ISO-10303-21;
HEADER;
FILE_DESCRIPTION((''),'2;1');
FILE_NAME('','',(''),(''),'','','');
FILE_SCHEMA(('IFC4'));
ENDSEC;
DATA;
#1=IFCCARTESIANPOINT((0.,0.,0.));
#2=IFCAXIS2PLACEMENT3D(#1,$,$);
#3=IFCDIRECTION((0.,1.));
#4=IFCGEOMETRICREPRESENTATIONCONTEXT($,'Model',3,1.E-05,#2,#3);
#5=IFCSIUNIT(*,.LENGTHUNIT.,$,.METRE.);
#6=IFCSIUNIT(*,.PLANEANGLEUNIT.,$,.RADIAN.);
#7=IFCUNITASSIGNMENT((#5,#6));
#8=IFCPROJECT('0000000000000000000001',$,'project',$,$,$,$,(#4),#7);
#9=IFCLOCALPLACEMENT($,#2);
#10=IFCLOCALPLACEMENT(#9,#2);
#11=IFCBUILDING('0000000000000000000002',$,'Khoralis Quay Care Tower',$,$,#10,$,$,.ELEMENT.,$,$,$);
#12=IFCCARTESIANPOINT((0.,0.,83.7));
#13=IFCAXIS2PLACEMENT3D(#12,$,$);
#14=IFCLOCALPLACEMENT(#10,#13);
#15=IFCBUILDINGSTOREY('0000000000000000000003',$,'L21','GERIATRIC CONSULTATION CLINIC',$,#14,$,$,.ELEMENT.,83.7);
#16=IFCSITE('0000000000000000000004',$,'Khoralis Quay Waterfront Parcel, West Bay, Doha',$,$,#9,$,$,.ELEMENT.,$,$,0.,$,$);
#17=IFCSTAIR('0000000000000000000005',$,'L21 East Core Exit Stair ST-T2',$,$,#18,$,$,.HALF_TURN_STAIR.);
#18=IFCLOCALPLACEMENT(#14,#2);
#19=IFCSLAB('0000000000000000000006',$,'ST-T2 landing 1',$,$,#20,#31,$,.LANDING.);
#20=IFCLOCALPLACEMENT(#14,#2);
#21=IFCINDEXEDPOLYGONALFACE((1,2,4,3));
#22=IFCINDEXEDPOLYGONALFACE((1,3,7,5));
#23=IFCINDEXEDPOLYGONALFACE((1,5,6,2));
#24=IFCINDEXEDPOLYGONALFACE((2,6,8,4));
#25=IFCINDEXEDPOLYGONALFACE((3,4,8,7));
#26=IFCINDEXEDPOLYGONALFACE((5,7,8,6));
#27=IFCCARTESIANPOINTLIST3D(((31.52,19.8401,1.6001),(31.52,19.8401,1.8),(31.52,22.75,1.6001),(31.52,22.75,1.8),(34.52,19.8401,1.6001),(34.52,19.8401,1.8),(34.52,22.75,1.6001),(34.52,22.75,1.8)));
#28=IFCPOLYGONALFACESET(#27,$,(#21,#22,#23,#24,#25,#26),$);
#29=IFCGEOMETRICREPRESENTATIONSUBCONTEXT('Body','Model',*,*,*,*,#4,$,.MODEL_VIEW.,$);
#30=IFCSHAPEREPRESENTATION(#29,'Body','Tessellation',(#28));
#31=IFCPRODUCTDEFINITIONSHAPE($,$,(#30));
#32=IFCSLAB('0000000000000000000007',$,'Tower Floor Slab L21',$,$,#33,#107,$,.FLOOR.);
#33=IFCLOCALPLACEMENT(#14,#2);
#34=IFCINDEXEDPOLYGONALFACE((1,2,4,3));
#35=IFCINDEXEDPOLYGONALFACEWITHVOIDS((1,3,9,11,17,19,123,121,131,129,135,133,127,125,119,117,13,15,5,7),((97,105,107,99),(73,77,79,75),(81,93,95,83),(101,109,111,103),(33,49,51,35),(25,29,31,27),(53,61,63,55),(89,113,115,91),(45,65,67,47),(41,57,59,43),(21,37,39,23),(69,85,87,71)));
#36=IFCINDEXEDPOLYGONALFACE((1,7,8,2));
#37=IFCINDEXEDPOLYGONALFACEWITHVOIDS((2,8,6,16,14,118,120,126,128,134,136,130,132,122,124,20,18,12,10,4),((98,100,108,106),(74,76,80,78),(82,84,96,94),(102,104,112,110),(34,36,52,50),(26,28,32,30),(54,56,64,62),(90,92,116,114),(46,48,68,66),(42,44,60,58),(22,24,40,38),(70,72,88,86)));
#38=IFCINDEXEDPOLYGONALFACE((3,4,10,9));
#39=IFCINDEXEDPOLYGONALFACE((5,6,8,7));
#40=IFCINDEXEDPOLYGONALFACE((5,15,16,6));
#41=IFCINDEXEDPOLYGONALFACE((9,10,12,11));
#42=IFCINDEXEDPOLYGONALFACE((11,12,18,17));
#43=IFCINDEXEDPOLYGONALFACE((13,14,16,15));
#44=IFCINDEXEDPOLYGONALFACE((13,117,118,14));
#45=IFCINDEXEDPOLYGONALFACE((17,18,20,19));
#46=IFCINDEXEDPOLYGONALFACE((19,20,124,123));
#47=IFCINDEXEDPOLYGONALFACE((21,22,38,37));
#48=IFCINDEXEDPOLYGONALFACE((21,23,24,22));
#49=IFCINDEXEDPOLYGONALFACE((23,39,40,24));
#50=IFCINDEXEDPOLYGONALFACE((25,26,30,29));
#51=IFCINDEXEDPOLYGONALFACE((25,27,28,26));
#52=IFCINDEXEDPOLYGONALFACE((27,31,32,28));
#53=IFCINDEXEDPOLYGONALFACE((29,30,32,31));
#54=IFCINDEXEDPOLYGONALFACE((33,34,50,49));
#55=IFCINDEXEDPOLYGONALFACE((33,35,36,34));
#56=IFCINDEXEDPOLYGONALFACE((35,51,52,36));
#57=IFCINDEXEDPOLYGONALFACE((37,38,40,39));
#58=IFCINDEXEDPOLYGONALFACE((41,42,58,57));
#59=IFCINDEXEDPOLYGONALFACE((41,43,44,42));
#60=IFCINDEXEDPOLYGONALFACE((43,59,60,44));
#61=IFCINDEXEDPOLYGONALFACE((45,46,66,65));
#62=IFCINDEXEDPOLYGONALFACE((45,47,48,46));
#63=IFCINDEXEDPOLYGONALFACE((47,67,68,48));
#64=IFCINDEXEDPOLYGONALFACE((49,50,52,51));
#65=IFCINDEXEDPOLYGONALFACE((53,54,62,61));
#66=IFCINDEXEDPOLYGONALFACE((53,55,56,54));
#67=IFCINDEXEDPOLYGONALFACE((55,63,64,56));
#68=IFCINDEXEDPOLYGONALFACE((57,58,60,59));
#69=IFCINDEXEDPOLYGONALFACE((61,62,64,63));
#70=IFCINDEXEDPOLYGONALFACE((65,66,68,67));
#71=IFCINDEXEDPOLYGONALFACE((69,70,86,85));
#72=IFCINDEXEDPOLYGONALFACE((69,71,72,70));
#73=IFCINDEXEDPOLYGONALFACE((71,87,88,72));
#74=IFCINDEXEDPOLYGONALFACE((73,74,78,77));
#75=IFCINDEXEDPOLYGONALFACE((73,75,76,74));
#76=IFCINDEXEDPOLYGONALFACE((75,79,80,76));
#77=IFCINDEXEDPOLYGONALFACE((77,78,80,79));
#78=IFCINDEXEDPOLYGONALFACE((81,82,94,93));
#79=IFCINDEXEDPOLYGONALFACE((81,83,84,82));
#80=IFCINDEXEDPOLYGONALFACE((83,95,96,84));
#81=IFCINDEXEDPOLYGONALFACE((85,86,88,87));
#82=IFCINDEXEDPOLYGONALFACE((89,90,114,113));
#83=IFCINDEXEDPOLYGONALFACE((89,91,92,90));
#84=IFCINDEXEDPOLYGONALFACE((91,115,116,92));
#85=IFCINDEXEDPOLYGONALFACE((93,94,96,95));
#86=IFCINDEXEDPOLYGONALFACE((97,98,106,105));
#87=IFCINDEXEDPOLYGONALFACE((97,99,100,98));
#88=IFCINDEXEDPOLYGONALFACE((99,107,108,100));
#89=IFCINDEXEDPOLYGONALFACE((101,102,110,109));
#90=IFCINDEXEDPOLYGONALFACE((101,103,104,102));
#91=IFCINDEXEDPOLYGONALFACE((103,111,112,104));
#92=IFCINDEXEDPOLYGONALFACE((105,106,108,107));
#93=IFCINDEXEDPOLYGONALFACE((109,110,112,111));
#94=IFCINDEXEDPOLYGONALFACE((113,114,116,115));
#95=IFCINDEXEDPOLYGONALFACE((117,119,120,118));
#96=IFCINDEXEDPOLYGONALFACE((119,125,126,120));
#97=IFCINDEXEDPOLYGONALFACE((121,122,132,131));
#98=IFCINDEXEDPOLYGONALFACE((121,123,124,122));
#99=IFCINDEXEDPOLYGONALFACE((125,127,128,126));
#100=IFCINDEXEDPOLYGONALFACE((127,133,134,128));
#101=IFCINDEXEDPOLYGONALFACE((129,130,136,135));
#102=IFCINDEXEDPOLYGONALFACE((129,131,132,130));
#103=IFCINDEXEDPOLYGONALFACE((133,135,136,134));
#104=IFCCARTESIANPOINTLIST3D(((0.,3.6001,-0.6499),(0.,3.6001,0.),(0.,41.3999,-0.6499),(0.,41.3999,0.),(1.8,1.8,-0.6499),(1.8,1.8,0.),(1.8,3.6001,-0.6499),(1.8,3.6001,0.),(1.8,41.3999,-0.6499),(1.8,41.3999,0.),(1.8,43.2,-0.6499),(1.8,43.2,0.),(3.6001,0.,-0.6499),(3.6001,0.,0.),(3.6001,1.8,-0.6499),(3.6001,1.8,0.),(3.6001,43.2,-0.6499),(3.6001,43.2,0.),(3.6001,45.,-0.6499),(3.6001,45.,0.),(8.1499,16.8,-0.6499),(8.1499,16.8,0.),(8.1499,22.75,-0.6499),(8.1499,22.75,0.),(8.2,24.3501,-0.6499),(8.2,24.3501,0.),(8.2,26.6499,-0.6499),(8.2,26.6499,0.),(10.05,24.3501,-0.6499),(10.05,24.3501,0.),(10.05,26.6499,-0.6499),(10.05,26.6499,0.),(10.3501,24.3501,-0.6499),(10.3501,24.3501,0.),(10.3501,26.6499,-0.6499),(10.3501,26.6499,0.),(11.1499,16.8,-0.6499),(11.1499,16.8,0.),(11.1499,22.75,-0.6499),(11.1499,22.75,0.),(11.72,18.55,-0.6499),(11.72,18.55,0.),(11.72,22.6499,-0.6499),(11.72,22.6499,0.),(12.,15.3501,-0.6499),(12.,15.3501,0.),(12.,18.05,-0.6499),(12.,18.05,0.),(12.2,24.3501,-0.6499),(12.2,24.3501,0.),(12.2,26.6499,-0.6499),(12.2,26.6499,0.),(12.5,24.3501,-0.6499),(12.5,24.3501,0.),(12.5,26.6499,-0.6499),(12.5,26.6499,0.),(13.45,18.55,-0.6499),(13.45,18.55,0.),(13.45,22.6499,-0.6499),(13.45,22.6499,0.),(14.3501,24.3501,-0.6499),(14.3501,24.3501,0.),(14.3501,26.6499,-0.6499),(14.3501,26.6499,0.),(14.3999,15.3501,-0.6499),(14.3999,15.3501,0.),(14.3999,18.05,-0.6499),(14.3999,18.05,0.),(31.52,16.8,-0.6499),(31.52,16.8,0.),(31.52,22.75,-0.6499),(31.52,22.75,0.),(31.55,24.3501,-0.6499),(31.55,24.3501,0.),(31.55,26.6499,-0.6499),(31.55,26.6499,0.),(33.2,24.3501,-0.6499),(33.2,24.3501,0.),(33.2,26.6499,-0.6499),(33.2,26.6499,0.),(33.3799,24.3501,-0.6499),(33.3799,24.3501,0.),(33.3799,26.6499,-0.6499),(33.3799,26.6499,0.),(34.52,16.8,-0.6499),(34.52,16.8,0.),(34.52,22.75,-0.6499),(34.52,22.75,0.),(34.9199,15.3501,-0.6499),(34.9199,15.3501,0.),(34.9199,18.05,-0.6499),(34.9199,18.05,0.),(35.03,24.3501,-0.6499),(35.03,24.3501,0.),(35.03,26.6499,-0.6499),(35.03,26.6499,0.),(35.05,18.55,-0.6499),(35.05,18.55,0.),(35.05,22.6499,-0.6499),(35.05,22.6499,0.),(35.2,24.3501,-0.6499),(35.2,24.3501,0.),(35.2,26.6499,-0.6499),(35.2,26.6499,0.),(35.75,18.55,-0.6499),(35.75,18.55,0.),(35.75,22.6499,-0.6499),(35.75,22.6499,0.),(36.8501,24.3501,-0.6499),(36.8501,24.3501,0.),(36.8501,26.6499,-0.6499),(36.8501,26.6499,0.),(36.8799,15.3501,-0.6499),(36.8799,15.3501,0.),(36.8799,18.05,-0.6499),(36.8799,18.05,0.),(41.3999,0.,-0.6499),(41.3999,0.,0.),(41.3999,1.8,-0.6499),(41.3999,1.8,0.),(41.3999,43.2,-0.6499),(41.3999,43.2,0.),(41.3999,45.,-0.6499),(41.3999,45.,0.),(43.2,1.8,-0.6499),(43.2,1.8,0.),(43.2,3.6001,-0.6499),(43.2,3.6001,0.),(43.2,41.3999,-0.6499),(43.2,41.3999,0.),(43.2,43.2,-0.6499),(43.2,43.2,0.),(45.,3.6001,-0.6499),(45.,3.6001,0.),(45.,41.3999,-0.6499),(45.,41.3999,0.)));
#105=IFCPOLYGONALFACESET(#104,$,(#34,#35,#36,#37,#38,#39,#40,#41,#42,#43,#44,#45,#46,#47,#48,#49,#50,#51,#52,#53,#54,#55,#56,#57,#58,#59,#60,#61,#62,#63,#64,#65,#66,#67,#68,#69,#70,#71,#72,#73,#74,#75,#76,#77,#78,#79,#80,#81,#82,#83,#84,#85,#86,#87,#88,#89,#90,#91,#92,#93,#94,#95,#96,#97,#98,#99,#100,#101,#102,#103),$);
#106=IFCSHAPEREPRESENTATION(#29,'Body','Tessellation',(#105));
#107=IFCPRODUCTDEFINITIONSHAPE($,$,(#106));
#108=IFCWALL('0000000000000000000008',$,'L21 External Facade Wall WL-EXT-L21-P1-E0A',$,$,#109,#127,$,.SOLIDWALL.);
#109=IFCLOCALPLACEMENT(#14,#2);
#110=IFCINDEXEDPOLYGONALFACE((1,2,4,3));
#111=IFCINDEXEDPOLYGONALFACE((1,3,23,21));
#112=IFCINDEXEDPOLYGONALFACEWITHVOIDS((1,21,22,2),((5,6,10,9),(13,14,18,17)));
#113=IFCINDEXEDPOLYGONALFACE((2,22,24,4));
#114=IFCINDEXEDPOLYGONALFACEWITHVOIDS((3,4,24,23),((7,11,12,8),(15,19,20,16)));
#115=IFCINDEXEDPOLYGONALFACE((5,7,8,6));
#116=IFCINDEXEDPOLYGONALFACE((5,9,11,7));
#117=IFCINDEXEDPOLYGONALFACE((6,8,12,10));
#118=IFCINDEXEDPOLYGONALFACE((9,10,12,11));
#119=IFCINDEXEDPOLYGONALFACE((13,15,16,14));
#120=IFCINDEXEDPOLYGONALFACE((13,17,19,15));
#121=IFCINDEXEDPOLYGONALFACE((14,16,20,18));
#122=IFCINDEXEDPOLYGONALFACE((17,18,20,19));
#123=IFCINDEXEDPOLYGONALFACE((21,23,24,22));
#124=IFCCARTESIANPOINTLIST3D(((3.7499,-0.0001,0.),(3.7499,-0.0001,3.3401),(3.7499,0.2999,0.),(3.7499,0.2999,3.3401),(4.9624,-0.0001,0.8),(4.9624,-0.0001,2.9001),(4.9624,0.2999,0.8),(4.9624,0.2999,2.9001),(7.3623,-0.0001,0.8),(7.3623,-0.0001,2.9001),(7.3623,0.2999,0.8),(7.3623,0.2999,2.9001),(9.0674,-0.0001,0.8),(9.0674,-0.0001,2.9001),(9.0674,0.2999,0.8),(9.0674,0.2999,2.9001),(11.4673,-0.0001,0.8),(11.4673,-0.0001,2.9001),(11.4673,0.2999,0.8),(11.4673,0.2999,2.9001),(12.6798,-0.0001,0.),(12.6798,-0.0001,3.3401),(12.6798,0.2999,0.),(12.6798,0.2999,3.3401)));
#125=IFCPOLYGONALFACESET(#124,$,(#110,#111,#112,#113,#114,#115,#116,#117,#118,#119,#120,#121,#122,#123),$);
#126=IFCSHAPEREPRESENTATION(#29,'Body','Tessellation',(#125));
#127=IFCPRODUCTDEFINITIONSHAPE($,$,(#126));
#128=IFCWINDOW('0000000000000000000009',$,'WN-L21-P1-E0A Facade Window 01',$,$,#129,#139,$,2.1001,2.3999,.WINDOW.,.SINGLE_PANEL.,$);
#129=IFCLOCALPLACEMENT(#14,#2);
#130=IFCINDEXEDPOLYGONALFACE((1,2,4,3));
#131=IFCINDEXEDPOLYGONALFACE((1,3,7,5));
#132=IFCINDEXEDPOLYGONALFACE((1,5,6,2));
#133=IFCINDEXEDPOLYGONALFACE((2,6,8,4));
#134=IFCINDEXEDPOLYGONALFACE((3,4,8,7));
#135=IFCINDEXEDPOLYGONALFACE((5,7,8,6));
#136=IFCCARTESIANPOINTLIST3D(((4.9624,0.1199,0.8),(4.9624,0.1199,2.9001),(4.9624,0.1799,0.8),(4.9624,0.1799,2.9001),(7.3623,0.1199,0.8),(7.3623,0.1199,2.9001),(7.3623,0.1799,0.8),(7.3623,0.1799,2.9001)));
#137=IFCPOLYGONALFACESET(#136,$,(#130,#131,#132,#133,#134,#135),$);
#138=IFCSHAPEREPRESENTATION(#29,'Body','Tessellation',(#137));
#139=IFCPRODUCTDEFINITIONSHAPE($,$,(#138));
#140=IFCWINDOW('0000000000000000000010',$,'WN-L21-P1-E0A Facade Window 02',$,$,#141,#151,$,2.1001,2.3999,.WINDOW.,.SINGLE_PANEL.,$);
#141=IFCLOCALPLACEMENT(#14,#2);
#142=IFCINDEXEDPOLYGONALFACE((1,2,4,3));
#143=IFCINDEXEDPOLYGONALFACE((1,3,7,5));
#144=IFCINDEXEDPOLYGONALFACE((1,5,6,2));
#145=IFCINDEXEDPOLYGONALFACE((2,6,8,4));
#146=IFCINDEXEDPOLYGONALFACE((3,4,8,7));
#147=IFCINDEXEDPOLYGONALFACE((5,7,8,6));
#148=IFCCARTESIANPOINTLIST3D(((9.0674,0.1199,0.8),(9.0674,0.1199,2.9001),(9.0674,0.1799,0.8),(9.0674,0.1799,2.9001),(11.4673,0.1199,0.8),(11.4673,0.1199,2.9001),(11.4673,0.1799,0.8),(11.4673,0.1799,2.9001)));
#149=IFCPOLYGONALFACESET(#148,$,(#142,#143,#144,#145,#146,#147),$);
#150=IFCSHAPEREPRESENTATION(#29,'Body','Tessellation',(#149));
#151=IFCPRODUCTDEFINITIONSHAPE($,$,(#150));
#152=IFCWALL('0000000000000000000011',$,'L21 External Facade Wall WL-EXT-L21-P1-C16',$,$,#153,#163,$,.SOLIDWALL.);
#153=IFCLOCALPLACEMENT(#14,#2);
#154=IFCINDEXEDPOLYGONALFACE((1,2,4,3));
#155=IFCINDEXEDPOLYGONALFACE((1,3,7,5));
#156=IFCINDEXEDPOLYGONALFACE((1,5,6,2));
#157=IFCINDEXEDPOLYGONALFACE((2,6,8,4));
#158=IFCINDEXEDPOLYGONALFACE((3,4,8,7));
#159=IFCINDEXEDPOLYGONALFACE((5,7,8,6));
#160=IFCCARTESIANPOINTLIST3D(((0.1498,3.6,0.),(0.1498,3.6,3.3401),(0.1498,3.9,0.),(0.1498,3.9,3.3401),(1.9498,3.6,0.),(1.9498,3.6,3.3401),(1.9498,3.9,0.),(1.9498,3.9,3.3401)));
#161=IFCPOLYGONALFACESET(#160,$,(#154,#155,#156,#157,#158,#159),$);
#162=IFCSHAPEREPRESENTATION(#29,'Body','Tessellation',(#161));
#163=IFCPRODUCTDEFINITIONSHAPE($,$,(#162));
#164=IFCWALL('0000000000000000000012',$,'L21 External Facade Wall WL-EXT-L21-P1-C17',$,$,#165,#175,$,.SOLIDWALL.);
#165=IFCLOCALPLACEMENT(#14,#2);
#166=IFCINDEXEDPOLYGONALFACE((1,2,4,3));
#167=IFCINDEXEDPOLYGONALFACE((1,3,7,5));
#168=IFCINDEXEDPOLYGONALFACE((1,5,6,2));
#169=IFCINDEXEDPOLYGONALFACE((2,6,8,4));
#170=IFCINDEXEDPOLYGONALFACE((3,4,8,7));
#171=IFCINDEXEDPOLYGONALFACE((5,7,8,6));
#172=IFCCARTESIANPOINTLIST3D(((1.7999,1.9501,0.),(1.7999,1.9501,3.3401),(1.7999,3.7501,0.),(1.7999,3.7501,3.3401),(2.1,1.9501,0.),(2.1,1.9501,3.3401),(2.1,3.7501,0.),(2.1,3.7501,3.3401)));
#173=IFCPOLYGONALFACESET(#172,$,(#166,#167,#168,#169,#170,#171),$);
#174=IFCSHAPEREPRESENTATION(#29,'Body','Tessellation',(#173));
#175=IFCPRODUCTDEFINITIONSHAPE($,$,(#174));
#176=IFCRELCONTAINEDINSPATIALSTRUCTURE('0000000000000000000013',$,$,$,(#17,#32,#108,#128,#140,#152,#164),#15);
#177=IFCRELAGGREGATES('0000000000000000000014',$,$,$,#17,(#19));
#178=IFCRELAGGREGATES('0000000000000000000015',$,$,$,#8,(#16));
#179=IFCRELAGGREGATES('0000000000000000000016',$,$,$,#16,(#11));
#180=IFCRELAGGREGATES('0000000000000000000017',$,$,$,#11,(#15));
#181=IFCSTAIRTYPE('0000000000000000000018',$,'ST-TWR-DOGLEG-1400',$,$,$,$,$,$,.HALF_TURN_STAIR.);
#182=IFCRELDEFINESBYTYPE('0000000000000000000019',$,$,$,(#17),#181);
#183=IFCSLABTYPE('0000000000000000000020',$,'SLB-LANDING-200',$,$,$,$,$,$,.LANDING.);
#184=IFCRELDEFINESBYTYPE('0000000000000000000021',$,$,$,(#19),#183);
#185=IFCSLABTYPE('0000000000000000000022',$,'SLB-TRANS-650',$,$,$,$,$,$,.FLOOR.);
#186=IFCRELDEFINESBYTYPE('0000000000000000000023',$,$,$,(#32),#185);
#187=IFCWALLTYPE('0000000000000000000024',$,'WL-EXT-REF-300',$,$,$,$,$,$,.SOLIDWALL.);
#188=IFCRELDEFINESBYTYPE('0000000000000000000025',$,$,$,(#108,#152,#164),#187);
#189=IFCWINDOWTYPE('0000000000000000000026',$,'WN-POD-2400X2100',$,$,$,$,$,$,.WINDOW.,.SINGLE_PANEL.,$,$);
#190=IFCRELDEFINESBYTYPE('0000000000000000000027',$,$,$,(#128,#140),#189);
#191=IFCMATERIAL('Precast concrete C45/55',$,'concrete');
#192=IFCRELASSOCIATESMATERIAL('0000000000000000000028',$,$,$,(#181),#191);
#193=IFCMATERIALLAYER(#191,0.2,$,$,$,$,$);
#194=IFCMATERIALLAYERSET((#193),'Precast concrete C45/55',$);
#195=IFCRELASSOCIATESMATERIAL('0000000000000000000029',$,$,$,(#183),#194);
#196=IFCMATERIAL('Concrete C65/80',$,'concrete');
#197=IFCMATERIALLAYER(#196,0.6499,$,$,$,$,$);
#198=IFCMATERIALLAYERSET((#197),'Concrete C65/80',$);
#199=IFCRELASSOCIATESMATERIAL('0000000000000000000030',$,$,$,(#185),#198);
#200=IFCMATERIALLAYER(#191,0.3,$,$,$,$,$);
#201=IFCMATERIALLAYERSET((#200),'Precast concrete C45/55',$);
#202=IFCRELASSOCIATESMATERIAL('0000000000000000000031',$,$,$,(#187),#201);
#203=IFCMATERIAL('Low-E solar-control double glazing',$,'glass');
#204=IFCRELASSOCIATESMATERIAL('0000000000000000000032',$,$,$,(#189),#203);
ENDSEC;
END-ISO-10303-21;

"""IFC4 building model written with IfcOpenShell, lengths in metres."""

from ifc_helpers import new_model, si_unit, direction, frame, frame_2d, origin, place, context, subcontext, project, spatial, polyline, rectangle, outline, extrude, source, transform, mapped, material, layer, layer_set, type_object, element, fill, aggregate, save


model = new_model("IFC4")

# Units and contexts
model_context = context("Model", 3, precision=1e-05, world=origin(), true_north=direction((0.0, 1.0)))
body_context = subcontext(model_context, "Body", "Model", "MODEL_VIEW")
ifc_project = project(units=[si_unit("LENGTHUNIT", "METRE"), si_unit("PLANEANGLEUNIT", "RADIAN")], contexts=[model_context])

# Site, building, storey
site_placement = place(None, origin())
site = spatial("IfcSite", under=ifc_project, at=site_placement, Name="Khoralis Quay Waterfront Parcel, West Bay, Doha", CompositionType="ELEMENT", RefElevation=0.0)
building_placement = place(site_placement, origin())
building = spatial("IfcBuilding", under=site, at=building_placement, Name="Khoralis Quay Care Tower", CompositionType="ELEMENT")
storey_placement = place(building_placement, frame((0.0, 0.0, 83.7)))
storey = spatial("IfcBuildingStorey", under=building, at=storey_placement, Name="L21", Description="GERIATRIC CONSULTATION CLINIC", CompositionType="ELEMENT", Elevation=83.7)

# Shared definitions
ifc_material_1 = material(Name="Concrete C65/80", Category="concrete")

# Stair, slab
ifc_material_2 = material(Name="Precast concrete C45/55", Category="concrete")
stair_type = type_object("IfcStairType", Name="ST-TWR-DOGLEG-1400", PredefinedType="HALF_TURN_STAIR", material=ifc_material_2)
ifc_layer_1 = layer(ifc_material_2, 0.2)
ifc_layer_set_1 = layer_set([ifc_layer_1], Name="Precast concrete C45/55")
slab_type_1 = type_object("IfcSlabType", Name="SLB-LANDING-200", PredefinedType="LANDING", material=ifc_layer_set_1)
stair_1_placement = place(storey_placement, origin())
stair_1 = element("IfcStair", 1, at=stair_1_placement, inside=storey, type_object=stair_type, Name="L21 East Core Exit Stair ST-T2", PredefinedType="HALF_TURN_STAIR")
slab_1_placement = place(storey_placement, frame((0.0, 0.0, 1.6001)))
slab_1 = element("IfcSlab", 2, at=slab_1_placement, type_object=slab_type_1, Name="ST-T2 landing 1", PredefinedType="LANDING", context=body_context, shape_type="SweptSolid", body=[
    extrude(outline(polyline([(34.52, 19.8401), (34.52, 22.75), (31.52, 22.75), (31.52, 19.8401), (34.52, 19.8401)])), origin(), (0.0, 0.0, 1.0), 0.2),
])
aggregate(stair_1, [slab_1])

# Slab
ifc_layer_2 = layer(ifc_material_1, 0.6499)
ifc_layer_set_2 = layer_set([ifc_layer_2], Name="Concrete C65/80")
slab_type_2 = type_object("IfcSlabType", Name="SLB-TRANS-650", PredefinedType="FLOOR", material=ifc_layer_set_2)
slab_2_placement = place(storey_placement, frame((0.0, 0.0, -0.6499)))
element("IfcSlab", 3, at=slab_2_placement, inside=storey, type_object=slab_type_2, Name="Tower Floor Slab L21", PredefinedType="FLOOR", context=body_context, shape_type="SweptSolid", body=[
    extrude(outline(polyline([(3.6001, 0.0), (41.3999, 0.0), (41.3999, 1.8), (43.2, 1.8), (43.2, 3.6001), (45.0, 3.6001), (45.0, 41.3999), (43.2, 41.3999), (43.2, 43.2), (41.3999, 43.2), (41.3999, 45.0), (3.6001, 45.0), (3.6001, 43.2), (1.8, 43.2), (1.8, 41.3999), (0.0, 41.3999), (0.0, 3.6001), (1.8, 3.6001), (1.8, 1.8), (3.6001, 1.8), (3.6001, 0.0)]), holes=[polyline([(11.1499, 16.8), (11.1499, 22.75), (8.1499, 22.75), (8.1499, 16.8), (11.1499, 16.8)]), polyline([(34.52, 16.8), (34.52, 22.75), (31.52, 22.75), (31.52, 16.8), (34.52, 16.8)]), polyline([(12.0, 15.3501), (14.3999, 15.3501), (14.3999, 18.05), (12.0, 18.05), (12.0, 15.3501)]), polyline([(34.9199, 15.3501), (36.8799, 15.3501), (36.8799, 18.05), (34.9199, 18.05), (34.9199, 15.3501)]), polyline([(8.2, 24.3501), (10.05, 24.3501), (10.05, 26.6499), (8.2, 26.6499), (8.2, 24.3501)]), polyline([(31.55, 24.3501), (33.2, 24.3501), (33.2, 26.6499), (31.55, 26.6499), (31.55, 24.3501)]), polyline([(10.3501, 24.3501), (12.2, 24.3501), (12.2, 26.6499), (10.3501, 26.6499), (10.3501, 24.3501)]), polyline([(33.3799, 24.3501), (35.03, 24.3501), (35.03, 26.6499), (33.3799, 26.6499), (33.3799, 24.3501)]), polyline([(12.5, 24.3501), (14.3501, 24.3501), (14.3501, 26.6499), (12.5, 26.6499), (12.5, 24.3501)]), polyline([(35.2, 24.3501), (36.8501, 24.3501), (36.8501, 26.6499), (35.2, 26.6499), (35.2, 24.3501)]), polyline([(11.72, 18.55), (13.45, 18.55), (13.45, 22.6499), (11.72, 22.6499), (11.72, 18.55)]), polyline([(35.05, 18.55), (35.75, 18.55), (35.75, 22.6499), (35.05, 22.6499), (35.05, 18.55)])]), origin(), (0.0, 0.0, 1.0), 0.6499),
])

# Wall, openings, windows
ifc_layer_3 = layer(ifc_material_2, 0.3)
ifc_layer_set_3 = layer_set([ifc_layer_3], Name="Precast concrete C45/55")
wall_type_1 = type_object("IfcWallType", Name="WL-EXT-REF-300", PredefinedType="SOLIDWALL", material=ifc_layer_set_3)
wall_1_placement = place(storey_placement, frame((3.75, 0.1499, 0.0), z_axis=(0.0, 0.0, 1.0), x_axis=(1.0, 0.0, 0.0)))
wall_1 = element("IfcWall", 4, at=wall_1_placement, inside=storey, type_object=wall_type_1, Name="L21 External Facade Wall WL-EXT-L21-P1-E0A", PredefinedType="SOLIDWALL", context=body_context, shape_type="SweptSolid", body=[
    extrude(rectangle(XDim=8.9299, YDim=0.3, at=frame_2d((4.4648, 0.0))), origin(), (0.0, 0.0, 1.0), 3.3401),
])
opening_1_placement = place(wall_1_placement, frame((1.2124, 0.0, 0.8)))
opening_1 = element("IfcOpeningElement", 5, at=opening_1_placement, cuts=wall_1, PredefinedType="OPENING", context=body_context, shape_type="SweptSolid", body=[
    extrude(rectangle(XDim=2.3999, YDim=2.1001, at=frame_2d((1.2, 1.05))), frame((0.0, 0.1602, 0.0), z_axis=(0.0, -1.0, 0.0), x_axis=(1.0, 0.0, 0.0)), (0.0, 0.0, 1.0), 0.3201),
])
opening_2_placement = place(wall_1_placement, frame((5.3174, 0.0, 0.8)))
opening_2 = element("IfcOpeningElement", 6, at=opening_2_placement, cuts=wall_1, PredefinedType="OPENING", context=body_context, shape_type="SweptSolid", body=[
    extrude(rectangle(XDim=2.3999, YDim=2.1001, at=frame_2d((1.2, 1.05))), frame((0.0, 0.1602, 0.0), z_axis=(0.0, -1.0, 0.0), x_axis=(1.0, 0.0, 0.0)), (0.0, 0.0, 1.0), 0.3201),
])
ifc_material_3 = material(Name="Low-E solar-control double glazing", Category="glass")
window_type = type_object("IfcWindowType", Name="WN-POD-2400X2100", PartitioningType="SINGLE_PANEL", PredefinedType="WINDOW", material=ifc_material_3)
shared_shape_1 = source(origin(), body_context, "Body", "SweptSolid", [
    extrude(rectangle(XDim=2.3999, YDim=2.1001, at=frame_2d((1.2, 1.05))), frame((0.0, 0.03, 0.0), z_axis=(0.0, -1.0, 0.0), x_axis=(1.0, 0.0, 0.0)), (0.0, 0.0, 1.0), 0.0601),
])
window_1_placement = place(opening_1_placement, origin())
window_1 = element("IfcWindow", 7, at=window_1_placement, inside=storey, type_object=window_type, Name="WN-L21-P1-E0A Facade Window 01", OverallHeight=2.1001, OverallWidth=2.3999, PartitioningType="SINGLE_PANEL", PredefinedType="WINDOW", context=body_context, shape_type="MappedRepresentation", body=[
    mapped(shared_shape_1, transform((0.0, 0.0, 0.0), scale=1.0)),
])
fill(opening_1, window_1)
window_2_placement = place(opening_2_placement, origin())
window_2 = element("IfcWindow", 8, at=window_2_placement, inside=storey, type_object=window_type, Name="WN-L21-P1-E0A Facade Window 02", OverallHeight=2.1001, OverallWidth=2.3999, PartitioningType="SINGLE_PANEL", PredefinedType="WINDOW", context=body_context, shape_type="MappedRepresentation", body=[
    mapped(shared_shape_1, transform((0.0, 0.0, 0.0), scale=1.0)),
])
fill(opening_2, window_2)

# Walls
for number, where, z_axis, x_axis, name in (
    (9, (0.1499, 3.75, 0.0), (0.0, 0.0, 1.0), (1.0, 0.0, 0.0), "L21 External Facade Wall WL-EXT-L21-P1-C16"),
    (10, (1.95, 3.75, 0.0), (0.0, 0.0, 1.0), (0.0, -1.0, 0.0), "L21 External Facade Wall WL-EXT-L21-P1-C17"),
):
    element("IfcWall", number, at=place(storey_placement, frame(where, z_axis=z_axis, x_axis=x_axis)), inside=storey, type_object=wall_type_1, Name=name, PredefinedType="SOLIDWALL", context=body_context, shape_type="SweptSolid", body=[
        extrude(rectangle(XDim=1.8, YDim=0.3, at=frame_2d((0.8999, 0.0))), origin(), (0.0, 0.0, 1.0), 3.3401),
    ])

save(model, "model.ifc")
